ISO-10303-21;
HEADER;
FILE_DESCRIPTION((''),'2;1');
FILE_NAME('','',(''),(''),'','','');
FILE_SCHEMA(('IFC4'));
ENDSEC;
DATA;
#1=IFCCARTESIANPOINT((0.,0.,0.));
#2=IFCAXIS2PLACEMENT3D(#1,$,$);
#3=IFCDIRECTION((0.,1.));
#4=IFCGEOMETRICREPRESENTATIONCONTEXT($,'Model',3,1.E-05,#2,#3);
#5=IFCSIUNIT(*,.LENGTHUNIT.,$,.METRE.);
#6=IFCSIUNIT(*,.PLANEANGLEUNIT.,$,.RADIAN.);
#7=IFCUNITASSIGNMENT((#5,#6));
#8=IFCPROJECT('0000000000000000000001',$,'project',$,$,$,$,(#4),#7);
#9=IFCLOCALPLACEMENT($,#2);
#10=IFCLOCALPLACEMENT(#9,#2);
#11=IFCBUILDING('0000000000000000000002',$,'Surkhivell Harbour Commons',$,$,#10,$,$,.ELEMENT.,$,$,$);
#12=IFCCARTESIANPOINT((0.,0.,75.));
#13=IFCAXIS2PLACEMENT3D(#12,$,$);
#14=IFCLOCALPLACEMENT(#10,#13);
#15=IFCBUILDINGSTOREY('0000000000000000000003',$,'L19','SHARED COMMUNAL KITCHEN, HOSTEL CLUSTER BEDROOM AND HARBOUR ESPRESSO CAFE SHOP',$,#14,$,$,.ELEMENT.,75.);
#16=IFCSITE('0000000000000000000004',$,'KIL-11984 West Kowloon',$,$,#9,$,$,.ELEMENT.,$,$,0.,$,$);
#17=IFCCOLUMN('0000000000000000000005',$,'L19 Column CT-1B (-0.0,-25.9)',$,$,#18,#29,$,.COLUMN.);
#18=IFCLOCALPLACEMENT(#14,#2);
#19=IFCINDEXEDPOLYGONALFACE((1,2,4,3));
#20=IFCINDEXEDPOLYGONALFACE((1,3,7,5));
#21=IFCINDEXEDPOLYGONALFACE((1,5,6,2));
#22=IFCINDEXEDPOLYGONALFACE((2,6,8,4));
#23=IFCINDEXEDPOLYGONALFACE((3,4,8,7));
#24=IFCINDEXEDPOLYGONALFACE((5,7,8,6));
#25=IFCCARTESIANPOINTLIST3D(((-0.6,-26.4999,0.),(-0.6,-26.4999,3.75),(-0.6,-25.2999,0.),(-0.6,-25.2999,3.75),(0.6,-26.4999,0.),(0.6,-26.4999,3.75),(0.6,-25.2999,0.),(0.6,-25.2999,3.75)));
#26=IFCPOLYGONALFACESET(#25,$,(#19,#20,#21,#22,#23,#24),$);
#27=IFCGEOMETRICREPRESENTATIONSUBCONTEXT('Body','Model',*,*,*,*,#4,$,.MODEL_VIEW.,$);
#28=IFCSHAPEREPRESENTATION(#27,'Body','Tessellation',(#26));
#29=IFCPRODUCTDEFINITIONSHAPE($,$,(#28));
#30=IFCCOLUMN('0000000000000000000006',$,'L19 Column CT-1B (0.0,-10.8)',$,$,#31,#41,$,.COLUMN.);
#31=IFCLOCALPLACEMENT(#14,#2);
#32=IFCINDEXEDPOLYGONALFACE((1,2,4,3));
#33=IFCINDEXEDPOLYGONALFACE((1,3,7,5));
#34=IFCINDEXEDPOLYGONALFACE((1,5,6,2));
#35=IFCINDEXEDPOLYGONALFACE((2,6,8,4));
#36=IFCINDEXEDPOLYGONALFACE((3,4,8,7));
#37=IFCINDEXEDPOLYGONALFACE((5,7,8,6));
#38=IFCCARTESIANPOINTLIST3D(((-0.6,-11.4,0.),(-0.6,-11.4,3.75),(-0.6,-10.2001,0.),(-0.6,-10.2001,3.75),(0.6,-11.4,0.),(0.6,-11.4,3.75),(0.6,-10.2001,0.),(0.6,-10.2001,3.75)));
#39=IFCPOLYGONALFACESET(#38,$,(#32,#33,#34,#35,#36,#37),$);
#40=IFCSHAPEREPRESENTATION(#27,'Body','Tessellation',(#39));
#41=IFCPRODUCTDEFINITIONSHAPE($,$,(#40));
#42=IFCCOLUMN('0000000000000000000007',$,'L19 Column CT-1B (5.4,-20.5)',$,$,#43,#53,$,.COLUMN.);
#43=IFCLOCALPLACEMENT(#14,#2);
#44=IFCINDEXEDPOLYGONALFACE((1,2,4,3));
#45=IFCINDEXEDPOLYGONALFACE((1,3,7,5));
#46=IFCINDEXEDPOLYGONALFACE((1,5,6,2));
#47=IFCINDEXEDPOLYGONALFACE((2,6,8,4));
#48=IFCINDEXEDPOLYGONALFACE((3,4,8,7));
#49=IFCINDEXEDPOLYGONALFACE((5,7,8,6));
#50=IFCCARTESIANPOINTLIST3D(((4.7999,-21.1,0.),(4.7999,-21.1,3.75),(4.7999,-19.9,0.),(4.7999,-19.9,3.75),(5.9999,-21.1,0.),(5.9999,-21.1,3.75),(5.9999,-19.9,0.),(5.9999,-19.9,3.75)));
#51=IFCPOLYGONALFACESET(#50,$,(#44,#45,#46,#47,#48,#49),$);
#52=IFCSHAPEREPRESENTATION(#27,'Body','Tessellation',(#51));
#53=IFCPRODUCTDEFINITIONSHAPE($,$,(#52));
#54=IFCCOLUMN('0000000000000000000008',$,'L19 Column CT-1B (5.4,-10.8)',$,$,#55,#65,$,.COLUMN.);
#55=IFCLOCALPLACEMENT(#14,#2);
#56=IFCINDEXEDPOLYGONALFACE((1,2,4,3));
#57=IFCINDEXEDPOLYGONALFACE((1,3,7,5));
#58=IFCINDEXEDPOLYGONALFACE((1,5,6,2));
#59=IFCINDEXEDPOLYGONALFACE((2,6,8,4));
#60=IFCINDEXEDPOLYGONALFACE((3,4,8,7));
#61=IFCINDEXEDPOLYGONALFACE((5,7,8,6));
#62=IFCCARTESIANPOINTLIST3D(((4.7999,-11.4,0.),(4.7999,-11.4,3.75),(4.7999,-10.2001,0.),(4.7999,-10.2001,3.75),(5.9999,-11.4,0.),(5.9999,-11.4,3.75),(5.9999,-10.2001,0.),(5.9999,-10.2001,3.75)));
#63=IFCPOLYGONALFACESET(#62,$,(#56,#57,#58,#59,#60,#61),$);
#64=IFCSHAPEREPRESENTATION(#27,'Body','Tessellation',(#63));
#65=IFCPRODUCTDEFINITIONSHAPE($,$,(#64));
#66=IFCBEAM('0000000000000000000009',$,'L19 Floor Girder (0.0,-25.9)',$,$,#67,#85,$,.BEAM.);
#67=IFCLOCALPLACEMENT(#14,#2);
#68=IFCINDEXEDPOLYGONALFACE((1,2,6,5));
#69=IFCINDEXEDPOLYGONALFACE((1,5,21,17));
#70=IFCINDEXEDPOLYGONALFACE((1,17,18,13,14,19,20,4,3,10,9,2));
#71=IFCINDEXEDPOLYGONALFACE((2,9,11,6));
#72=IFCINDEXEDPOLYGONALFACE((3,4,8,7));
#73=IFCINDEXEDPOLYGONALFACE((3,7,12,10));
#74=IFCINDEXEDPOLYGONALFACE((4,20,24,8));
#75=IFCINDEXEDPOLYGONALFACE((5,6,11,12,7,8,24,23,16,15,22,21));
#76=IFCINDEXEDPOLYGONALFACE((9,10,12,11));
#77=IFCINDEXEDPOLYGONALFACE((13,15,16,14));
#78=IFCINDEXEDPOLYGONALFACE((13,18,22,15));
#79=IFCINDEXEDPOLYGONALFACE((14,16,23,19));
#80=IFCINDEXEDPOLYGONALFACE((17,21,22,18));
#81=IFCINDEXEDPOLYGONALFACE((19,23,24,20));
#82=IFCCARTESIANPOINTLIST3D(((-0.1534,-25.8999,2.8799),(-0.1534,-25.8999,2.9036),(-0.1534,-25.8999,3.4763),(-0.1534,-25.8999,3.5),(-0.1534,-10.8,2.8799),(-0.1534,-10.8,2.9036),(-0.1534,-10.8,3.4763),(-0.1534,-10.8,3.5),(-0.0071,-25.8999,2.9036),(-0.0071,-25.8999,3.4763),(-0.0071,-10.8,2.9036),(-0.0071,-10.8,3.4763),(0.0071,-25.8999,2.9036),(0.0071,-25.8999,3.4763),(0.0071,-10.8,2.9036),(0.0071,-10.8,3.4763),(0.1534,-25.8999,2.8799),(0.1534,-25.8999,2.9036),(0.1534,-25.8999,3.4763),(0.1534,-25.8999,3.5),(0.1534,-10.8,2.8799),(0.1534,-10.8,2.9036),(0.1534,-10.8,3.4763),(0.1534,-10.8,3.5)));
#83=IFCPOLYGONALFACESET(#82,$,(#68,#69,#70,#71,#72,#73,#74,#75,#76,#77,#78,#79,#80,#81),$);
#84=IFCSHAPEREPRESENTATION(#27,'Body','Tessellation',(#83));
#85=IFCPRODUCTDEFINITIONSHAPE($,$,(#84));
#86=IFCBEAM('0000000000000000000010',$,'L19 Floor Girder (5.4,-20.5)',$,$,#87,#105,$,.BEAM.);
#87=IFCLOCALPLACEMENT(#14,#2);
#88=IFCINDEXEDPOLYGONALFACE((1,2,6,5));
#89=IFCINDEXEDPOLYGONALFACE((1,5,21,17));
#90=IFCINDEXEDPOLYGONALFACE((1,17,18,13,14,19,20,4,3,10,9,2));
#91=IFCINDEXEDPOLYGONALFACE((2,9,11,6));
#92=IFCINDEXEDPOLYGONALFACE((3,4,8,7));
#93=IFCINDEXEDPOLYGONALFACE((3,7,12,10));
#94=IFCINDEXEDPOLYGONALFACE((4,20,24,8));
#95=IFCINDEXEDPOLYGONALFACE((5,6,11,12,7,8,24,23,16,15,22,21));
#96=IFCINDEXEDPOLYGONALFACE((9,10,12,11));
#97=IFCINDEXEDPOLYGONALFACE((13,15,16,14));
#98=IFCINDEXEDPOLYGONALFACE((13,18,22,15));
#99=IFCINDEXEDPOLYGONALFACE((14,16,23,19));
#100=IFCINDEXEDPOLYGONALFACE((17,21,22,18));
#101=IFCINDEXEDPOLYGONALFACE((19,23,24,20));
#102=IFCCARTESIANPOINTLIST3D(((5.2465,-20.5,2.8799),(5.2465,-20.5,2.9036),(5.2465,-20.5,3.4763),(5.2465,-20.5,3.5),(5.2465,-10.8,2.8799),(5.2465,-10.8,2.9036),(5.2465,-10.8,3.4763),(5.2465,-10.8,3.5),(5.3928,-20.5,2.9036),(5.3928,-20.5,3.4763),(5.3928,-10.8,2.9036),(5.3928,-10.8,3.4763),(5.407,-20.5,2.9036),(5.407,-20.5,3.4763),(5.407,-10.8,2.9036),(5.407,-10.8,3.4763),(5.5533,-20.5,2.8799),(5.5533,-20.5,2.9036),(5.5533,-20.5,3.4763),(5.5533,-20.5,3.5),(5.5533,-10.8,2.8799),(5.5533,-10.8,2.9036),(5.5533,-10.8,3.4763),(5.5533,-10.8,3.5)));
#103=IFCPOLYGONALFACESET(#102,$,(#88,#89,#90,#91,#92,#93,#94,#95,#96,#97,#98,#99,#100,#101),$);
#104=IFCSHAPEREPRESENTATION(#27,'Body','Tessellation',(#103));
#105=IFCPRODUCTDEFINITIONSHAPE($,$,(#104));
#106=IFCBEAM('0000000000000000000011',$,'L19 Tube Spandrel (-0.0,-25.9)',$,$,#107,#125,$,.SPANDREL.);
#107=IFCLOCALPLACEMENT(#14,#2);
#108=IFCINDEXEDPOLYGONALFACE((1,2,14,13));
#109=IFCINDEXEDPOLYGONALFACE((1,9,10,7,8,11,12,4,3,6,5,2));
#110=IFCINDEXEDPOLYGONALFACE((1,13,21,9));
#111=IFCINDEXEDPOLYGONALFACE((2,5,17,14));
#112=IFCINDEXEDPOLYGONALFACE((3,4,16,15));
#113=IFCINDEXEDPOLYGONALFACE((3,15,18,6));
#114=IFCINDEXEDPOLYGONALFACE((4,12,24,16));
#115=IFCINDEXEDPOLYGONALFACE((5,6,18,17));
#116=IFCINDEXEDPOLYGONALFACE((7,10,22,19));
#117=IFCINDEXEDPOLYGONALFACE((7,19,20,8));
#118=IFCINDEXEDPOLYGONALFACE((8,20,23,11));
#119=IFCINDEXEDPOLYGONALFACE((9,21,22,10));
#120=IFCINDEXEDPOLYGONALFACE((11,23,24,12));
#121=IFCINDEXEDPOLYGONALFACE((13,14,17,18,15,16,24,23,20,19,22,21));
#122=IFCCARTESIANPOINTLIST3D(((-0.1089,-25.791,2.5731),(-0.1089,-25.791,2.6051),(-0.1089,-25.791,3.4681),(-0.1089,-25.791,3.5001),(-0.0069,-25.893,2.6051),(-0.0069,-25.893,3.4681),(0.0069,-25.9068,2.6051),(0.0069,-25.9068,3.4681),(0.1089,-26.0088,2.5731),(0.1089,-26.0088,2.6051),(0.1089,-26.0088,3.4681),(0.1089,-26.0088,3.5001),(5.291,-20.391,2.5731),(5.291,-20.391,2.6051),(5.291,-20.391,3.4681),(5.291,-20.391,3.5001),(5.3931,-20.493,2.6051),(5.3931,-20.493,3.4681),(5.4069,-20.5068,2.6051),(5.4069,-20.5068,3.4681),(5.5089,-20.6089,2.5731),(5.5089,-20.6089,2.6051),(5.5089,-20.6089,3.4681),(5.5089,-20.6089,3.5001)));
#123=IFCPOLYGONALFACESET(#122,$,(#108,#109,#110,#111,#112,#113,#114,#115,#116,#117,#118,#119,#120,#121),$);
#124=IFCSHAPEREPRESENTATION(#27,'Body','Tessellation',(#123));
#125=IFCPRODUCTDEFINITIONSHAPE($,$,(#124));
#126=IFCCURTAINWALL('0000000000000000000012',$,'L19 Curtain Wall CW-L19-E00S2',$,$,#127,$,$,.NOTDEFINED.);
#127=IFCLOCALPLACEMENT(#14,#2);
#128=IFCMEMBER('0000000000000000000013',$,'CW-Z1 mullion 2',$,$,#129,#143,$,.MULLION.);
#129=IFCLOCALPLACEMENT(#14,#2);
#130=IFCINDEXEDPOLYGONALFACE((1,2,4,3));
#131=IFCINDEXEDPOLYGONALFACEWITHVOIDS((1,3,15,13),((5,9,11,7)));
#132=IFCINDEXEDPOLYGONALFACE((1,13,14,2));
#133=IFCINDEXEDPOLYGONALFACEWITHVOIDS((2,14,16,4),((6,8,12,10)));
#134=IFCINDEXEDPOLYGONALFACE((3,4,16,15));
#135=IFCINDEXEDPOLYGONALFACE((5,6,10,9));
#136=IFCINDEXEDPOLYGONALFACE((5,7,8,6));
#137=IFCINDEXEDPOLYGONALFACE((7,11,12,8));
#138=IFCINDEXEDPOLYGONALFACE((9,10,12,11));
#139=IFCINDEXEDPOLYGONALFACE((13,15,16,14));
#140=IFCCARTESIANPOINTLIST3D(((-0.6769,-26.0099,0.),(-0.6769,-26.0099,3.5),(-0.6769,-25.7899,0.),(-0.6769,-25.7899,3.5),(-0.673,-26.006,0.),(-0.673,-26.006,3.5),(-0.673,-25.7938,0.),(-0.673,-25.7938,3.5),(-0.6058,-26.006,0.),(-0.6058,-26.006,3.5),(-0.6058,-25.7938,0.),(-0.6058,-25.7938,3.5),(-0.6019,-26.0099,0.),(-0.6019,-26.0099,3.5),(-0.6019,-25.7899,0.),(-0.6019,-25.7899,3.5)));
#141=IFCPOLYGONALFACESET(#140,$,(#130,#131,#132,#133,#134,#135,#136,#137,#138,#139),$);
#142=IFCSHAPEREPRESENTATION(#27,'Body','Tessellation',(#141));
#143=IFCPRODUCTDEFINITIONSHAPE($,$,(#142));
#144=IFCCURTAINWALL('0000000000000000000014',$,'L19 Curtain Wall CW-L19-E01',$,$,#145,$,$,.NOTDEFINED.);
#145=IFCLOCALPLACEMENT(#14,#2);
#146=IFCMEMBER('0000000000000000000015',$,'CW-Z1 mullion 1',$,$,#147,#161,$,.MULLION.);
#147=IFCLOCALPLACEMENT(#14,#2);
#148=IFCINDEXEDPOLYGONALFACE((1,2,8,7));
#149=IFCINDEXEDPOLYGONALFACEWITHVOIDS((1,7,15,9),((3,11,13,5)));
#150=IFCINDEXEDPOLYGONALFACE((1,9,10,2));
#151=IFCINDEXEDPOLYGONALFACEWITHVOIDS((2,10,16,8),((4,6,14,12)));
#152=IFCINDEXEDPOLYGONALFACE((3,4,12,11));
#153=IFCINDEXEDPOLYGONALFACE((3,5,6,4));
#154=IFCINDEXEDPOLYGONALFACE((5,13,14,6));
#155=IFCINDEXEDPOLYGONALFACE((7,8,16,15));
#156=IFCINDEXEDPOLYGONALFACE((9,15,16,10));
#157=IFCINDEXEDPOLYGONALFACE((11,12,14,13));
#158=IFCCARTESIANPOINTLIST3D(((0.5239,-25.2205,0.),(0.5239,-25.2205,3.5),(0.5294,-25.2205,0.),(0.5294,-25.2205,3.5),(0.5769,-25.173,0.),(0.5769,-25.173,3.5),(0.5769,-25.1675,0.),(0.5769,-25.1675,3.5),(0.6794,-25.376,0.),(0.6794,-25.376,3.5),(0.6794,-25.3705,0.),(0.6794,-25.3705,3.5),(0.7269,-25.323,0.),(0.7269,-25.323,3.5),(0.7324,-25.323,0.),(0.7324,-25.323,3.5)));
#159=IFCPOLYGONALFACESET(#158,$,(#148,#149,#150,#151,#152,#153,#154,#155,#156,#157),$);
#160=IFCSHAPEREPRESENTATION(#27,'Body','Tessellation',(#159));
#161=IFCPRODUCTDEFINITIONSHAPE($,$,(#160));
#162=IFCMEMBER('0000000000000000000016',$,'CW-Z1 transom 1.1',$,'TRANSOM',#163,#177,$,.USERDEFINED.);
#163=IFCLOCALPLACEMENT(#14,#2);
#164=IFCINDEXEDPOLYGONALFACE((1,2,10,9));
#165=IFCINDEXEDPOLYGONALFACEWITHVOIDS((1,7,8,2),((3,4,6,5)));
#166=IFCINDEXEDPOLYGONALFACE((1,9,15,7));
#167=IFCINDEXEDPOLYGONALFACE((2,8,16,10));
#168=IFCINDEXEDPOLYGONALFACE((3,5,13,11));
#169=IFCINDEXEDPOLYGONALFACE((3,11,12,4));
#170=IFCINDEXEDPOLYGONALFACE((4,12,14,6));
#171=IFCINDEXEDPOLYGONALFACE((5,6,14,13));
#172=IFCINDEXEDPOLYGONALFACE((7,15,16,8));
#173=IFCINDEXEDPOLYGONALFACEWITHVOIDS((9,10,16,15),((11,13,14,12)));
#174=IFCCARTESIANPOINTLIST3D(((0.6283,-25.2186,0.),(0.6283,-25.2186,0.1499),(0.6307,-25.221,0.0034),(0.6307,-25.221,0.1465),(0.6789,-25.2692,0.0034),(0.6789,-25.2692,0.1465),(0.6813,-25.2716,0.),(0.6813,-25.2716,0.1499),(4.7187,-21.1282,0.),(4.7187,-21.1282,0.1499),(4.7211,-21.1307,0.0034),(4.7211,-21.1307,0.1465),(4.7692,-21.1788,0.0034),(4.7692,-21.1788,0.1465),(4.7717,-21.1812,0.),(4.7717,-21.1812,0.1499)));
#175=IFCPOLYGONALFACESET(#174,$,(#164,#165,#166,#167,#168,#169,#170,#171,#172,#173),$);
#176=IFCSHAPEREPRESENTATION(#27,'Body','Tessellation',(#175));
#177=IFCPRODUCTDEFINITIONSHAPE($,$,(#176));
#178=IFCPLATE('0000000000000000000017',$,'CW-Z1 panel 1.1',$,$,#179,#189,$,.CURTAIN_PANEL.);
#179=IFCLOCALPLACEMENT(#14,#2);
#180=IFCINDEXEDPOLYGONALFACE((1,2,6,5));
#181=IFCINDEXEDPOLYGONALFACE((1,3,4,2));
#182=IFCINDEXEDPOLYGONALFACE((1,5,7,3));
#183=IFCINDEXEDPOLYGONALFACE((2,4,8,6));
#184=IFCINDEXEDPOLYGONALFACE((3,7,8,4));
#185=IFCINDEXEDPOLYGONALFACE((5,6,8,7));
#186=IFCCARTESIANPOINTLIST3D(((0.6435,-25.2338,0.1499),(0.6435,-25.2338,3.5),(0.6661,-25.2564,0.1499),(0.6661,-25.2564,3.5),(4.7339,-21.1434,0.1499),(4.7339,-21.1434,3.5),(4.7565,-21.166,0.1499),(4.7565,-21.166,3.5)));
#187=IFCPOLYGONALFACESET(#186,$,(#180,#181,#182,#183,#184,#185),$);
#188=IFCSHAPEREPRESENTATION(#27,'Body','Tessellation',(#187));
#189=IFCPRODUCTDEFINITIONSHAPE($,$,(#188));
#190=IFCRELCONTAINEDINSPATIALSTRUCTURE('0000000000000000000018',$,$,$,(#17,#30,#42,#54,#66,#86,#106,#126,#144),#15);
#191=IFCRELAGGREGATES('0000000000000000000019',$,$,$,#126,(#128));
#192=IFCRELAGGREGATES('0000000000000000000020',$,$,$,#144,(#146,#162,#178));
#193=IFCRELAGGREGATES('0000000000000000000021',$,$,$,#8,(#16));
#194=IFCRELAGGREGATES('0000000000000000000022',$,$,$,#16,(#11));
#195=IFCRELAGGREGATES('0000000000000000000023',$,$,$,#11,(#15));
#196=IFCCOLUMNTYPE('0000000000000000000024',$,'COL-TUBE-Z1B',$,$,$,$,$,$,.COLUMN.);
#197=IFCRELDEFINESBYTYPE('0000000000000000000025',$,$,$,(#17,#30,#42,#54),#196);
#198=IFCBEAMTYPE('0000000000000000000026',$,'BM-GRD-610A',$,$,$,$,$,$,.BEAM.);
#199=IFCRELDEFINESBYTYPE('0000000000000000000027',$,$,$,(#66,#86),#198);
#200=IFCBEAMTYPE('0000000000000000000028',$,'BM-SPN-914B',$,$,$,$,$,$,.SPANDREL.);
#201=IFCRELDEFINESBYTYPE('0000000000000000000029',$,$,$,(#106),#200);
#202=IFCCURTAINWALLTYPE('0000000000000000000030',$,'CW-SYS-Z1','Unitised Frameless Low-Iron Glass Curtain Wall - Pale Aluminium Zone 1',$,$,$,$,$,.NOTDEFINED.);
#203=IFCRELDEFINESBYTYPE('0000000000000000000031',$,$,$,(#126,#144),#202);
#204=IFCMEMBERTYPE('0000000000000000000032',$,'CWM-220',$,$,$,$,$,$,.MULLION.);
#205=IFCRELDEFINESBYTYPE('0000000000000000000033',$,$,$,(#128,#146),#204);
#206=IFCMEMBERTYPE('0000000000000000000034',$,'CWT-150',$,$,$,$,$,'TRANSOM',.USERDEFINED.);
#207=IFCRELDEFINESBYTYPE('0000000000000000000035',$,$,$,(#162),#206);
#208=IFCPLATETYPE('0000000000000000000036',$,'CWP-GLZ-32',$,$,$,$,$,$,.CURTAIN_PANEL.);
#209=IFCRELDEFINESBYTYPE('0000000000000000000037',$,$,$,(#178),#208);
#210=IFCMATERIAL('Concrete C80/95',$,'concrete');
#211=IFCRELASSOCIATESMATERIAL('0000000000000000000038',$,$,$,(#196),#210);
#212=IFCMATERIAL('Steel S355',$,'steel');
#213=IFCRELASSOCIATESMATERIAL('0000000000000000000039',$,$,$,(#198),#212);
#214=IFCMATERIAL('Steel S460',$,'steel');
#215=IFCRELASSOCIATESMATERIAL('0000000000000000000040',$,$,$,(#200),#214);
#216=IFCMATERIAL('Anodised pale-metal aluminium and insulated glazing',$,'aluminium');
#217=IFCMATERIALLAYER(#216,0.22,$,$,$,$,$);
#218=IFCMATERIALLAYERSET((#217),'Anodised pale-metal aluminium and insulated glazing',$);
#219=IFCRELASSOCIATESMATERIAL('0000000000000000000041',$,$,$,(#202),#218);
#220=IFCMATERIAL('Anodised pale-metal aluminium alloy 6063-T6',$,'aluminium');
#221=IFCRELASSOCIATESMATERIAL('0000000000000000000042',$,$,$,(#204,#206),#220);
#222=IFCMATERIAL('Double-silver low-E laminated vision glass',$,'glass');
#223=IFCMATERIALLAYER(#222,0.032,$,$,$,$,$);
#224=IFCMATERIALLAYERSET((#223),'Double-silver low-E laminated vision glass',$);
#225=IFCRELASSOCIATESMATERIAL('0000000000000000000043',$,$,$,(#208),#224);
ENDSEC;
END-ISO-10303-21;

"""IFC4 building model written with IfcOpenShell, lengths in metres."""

from ifc_helpers import new_model, si_unit, direction, frame, frame_2d, origin, origin_2d, place, context, subcontext, project, spatial, rectangle, hollow_rectangle, i_section, extrude, material, layer, layer_set, material_profile, profile_set, type_object, element, aggregate, save


model = new_model("IFC4")

# Units and contexts
model_context = context("Model", 3, precision=1e-05, world=origin(), true_north=direction((0.0, 1.0)))
body_context = subcontext(model_context, "Body", "Model", "MODEL_VIEW")
ifc_project = project(units=[si_unit("LENGTHUNIT", "METRE"), si_unit("PLANEANGLEUNIT", "RADIAN")], contexts=[model_context])

# Site, building, storey
site_placement = place(None, origin())
site = spatial("IfcSite", under=ifc_project, at=site_placement, Name="KIL-11984 West Kowloon", CompositionType="ELEMENT", RefElevation=0.0)
building_placement = place(site_placement, origin())
building = spatial("IfcBuilding", under=site, at=building_placement, Name="Surkhivell Harbour Commons", CompositionType="ELEMENT")
storey_placement = place(building_placement, frame((0.0, 0.0, 75.0)))
storey = spatial("IfcBuildingStorey", under=building, at=storey_placement, Name="L19", Description="SHARED COMMUNAL KITCHEN, HOSTEL CLUSTER BEDROOM AND HARBOUR ESPRESSO CAFE SHOP", CompositionType="ELEMENT", Elevation=75.0)

# Columns
ifc_material_1 = material(Name="Concrete C80/95", Category="concrete")
ifc_material_profile_1 = material_profile(ifc_material_1, rectangle(XDim=1.2, YDim=1.2, at=origin_2d()), Name="RC-COL-1200x1200")
ifc_profile_set_1 = profile_set([ifc_material_profile_1], Name="Concrete C80/95")
column_type = type_object("IfcColumnType", Name="COL-TUBE-Z1B", PredefinedType="COLUMN", material=ifc_profile_set_1)
for number, where, z_axis, x_axis, name in (
    (1, (0.0, -25.8999, 0.0), (0.0, 0.0, 1.0), (1.0, 0.0, 0.0), "L19 Column CT-1B (-0.0,-25.9)"),
    (2, (0.0, -10.8, 0.0), (0.0, 0.0, 1.0), (1.0, 0.0, 0.0), "L19 Column CT-1B (0.0,-10.8)"),
    (3, (5.3999, -20.5, 0.0), (0.0, 0.0, 1.0), (1.0, 0.0, 0.0), "L19 Column CT-1B (5.4,-20.5)"),
    (4, (5.3999, -10.8, 0.0), (0.0, 0.0, 1.0), (1.0, 0.0, 0.0), "L19 Column CT-1B (5.4,-10.8)"),
):
    element("IfcColumn", number, at=place(storey_placement, frame(where, z_axis=z_axis, x_axis=x_axis)), inside=storey, type_object=column_type, Name=name, PredefinedType="COLUMN", context=body_context, shape_type="SweptSolid", body=[
        extrude(rectangle(XDim=1.2, YDim=1.2, at=origin_2d()), origin(), (0.0, 0.0, 1.0), 3.75),
    ])

# Beams
ifc_material_2 = material(Name="Steel S355", Category="steel")
ifc_material_profile_2 = material_profile(ifc_material_2, i_section(OverallWidth=0.3069, OverallDepth=0.6201, WebThickness=0.0142, FlangeThickness=0.0237, at=origin_2d()), Name="UB610x305x179")
ifc_profile_set_2 = profile_set([ifc_material_profile_2], Name="Steel S355")
beam_type_1 = type_object("IfcBeamType", Name="BM-GRD-610A", PredefinedType="BEAM", material=ifc_profile_set_2)
beam_1_placement = place(storey_placement, frame((0.0, -25.8999, 3.1899), z_axis=(0.0, 1.0, 0.0), x_axis=(-1.0, 0.0, 0.0)))
element("IfcBeam", 5, at=beam_1_placement, inside=storey, type_object=beam_type_1, Name="L19 Floor Girder (0.0,-25.9)", PredefinedType="BEAM", context=body_context, shape_type="SweptSolid", body=[
    extrude(i_section(OverallWidth=0.3069, OverallDepth=0.6201, WebThickness=0.0142, FlangeThickness=0.0237, at=origin_2d()), origin(), (0.0, 0.0, 1.0), 15.0999),
])
beam_2_placement = place(storey_placement, frame((5.3999, -20.5, 3.1899), z_axis=(0.0, 1.0, 0.0), x_axis=(-1.0, 0.0, 0.0)))
element("IfcBeam", 6, at=beam_2_placement, inside=storey, type_object=beam_type_1, Name="L19 Floor Girder (5.4,-20.5)", PredefinedType="BEAM", context=body_context, shape_type="SweptSolid", body=[
    extrude(i_section(OverallWidth=0.3069, OverallDepth=0.6201, WebThickness=0.0142, FlangeThickness=0.0237, at=origin_2d()), origin(), (0.0, 0.0, 1.0), 9.7),
])
ifc_material_3 = material(Name="Steel S460", Category="steel")
ifc_material_profile_3 = material_profile(ifc_material_3, i_section(OverallWidth=0.3081, OverallDepth=0.927, WebThickness=0.0195, FlangeThickness=0.032, at=origin_2d()), Name="UB914x305x289")
ifc_profile_set_3 = profile_set([ifc_material_profile_3], Name="Steel S460")
beam_type_2 = type_object("IfcBeamType", Name="BM-SPN-914B", PredefinedType="SPANDREL", material=ifc_profile_set_3)
beam_3_placement = place(storey_placement, frame((0.0, -25.8999, 3.0366), z_axis=(0.707107, 0.707107, 0.0), x_axis=(-0.707107, 0.707107, 0.0)))
element("IfcBeam", 7, at=beam_3_placement, inside=storey, type_object=beam_type_2, Name="L19 Tube Spandrel (-0.0,-25.9)", PredefinedType="SPANDREL", context=body_context, shape_type="SweptSolid", body=[
    extrude(i_section(OverallWidth=0.3081, OverallDepth=0.927, WebThickness=0.0195, FlangeThickness=0.032, at=origin_2d()), origin(), (0.0, 0.0, 1.0), 7.6367),
])

# Curtain wall, member
ifc_material_4 = material(Name="Anodised pale-metal aluminium and insulated glazing", Category="aluminium")
ifc_layer_1 = layer(ifc_material_4, 0.22)
ifc_layer_set_1 = layer_set([ifc_layer_1], Name="Anodised pale-metal aluminium and insulated glazing")
curtain_wall_type = type_object("IfcCurtainWallType", Name="CW-SYS-Z1", Description="Unitised Frameless Low-Iron Glass Curtain Wall - Pale Aluminium Zone 1", PredefinedType="NOTDEFINED", material=ifc_layer_set_1)
curtain_wall_1_placement = place(storey_placement, origin())
curtain_wall_1 = element("IfcCurtainWall", 8, at=curtain_wall_1_placement, inside=storey, type_object=curtain_wall_type, Name="L19 Curtain Wall CW-L19-E00S2", PredefinedType="NOTDEFINED")
ifc_material_5 = material(Name="Anodised pale-metal aluminium alloy 6063-T6", Category="aluminium")
ifc_material_profile_4 = material_profile(ifc_material_5, hollow_rectangle(XDim=0.075, YDim=0.22, WallThickness=0.0039, at=origin_2d()), Name="ALU-MULL-75x220")
ifc_profile_set_4 = profile_set([ifc_material_profile_4], Name="Anodised pale-metal aluminium alloy 6063-T6")
member_type_1 = type_object("IfcMemberType", Name="CWM-220", PredefinedType="MULLION", material=ifc_profile_set_4)
member_1_placement = place(storey_placement, frame((-0.6394, -25.8999, 0.0), z_axis=(0.0, 0.0, 1.0), x_axis=(1.0, 0.0, 0.0)))
member_1 = element("IfcMember", 9, at=member_1_placement, type_object=member_type_1, Name="CW-Z1 mullion 2", PredefinedType="MULLION", context=body_context, shape_type="SweptSolid", body=[
    extrude(hollow_rectangle(XDim=0.075, YDim=0.22, WallThickness=0.0039, at=origin_2d()), origin(), (0.0, 0.0, 1.0), 3.5),
])
aggregate(curtain_wall_1, [member_1])

# Curtain wall, members, plate
curtain_wall_2_placement = place(storey_placement, origin())
curtain_wall_2 = element("IfcCurtainWall", 10, at=curtain_wall_2_placement, inside=storey, type_object=curtain_wall_type, Name="L19 Curtain Wall CW-L19-E01", PredefinedType="NOTDEFINED")
member_2_placement = place(storey_placement, frame((0.6282, -25.2717, 0.0), z_axis=(0.0, 0.0, 1.0), x_axis=(0.707107, 0.707107, 0.0)))
member_2 = element("IfcMember", 11, at=member_2_placement, type_object=member_type_1, Name="CW-Z1 mullion 1", PredefinedType="MULLION", context=body_context, shape_type="SweptSolid", body=[
    extrude(hollow_rectangle(XDim=0.075, YDim=0.22, WallThickness=0.0039, at=origin_2d()), origin(), (0.0, 0.0, 1.0), 3.5),
])
ifc_material_profile_5 = material_profile(ifc_material_5, hollow_rectangle(XDim=0.075, YDim=0.1499, WallThickness=0.0034, at=origin_2d()), Name="ALU-TRAN-75x150")
ifc_profile_set_5 = profile_set([ifc_material_profile_5], Name="Anodised pale-metal aluminium alloy 6063-T6")
member_type_2 = type_object("IfcMemberType", Name="CWT-150", ElementType="TRANSOM", PredefinedType="USERDEFINED", material=ifc_profile_set_5)
member_3_placement = place(storey_placement, frame((0.6548, -25.2451, 0.075), z_axis=(0.707107, 0.707107, 0.0), x_axis=(-0.707107, 0.707107, 0.0)))
member_3 = element("IfcMember", 12, at=member_3_placement, type_object=member_type_2, Name="CW-Z1 transom 1.1", ObjectType="TRANSOM", PredefinedType="USERDEFINED", context=body_context, shape_type="SweptSolid", body=[
    extrude(hollow_rectangle(XDim=0.075, YDim=0.1499, WallThickness=0.0034, at=origin_2d()), origin(), (0.0, 0.0, 1.0), 5.7847),
])
ifc_material_6 = material(Name="Double-silver low-E laminated vision glass", Category="glass")
ifc_layer_2 = layer(ifc_material_6, 0.032)
ifc_layer_set_2 = layer_set([ifc_layer_2], Name="Double-silver low-E laminated vision glass")
plate_type = type_object("IfcPlateType", Name="CWP-GLZ-32", PredefinedType="CURTAIN_PANEL", material=ifc_layer_set_2)
plate_placement = place(storey_placement, frame((0.6548, -25.2451, 0.1499), z_axis=(0.0, 0.0, 1.0), x_axis=(0.707107, 0.707107, 0.0)))
plate = element("IfcPlate", 13, at=plate_placement, type_object=plate_type, Name="CW-Z1 panel 1.1", PredefinedType="CURTAIN_PANEL", context=body_context, shape_type="SweptSolid", body=[
    extrude(rectangle(XDim=5.7847, YDim=0.032, at=frame_2d((2.8923, 0.0))), origin(), (0.0, 0.0, 1.0), 3.3501),
])
aggregate(curtain_wall_2, [member_2, member_3, plate])

save(model, "model.ifc")
